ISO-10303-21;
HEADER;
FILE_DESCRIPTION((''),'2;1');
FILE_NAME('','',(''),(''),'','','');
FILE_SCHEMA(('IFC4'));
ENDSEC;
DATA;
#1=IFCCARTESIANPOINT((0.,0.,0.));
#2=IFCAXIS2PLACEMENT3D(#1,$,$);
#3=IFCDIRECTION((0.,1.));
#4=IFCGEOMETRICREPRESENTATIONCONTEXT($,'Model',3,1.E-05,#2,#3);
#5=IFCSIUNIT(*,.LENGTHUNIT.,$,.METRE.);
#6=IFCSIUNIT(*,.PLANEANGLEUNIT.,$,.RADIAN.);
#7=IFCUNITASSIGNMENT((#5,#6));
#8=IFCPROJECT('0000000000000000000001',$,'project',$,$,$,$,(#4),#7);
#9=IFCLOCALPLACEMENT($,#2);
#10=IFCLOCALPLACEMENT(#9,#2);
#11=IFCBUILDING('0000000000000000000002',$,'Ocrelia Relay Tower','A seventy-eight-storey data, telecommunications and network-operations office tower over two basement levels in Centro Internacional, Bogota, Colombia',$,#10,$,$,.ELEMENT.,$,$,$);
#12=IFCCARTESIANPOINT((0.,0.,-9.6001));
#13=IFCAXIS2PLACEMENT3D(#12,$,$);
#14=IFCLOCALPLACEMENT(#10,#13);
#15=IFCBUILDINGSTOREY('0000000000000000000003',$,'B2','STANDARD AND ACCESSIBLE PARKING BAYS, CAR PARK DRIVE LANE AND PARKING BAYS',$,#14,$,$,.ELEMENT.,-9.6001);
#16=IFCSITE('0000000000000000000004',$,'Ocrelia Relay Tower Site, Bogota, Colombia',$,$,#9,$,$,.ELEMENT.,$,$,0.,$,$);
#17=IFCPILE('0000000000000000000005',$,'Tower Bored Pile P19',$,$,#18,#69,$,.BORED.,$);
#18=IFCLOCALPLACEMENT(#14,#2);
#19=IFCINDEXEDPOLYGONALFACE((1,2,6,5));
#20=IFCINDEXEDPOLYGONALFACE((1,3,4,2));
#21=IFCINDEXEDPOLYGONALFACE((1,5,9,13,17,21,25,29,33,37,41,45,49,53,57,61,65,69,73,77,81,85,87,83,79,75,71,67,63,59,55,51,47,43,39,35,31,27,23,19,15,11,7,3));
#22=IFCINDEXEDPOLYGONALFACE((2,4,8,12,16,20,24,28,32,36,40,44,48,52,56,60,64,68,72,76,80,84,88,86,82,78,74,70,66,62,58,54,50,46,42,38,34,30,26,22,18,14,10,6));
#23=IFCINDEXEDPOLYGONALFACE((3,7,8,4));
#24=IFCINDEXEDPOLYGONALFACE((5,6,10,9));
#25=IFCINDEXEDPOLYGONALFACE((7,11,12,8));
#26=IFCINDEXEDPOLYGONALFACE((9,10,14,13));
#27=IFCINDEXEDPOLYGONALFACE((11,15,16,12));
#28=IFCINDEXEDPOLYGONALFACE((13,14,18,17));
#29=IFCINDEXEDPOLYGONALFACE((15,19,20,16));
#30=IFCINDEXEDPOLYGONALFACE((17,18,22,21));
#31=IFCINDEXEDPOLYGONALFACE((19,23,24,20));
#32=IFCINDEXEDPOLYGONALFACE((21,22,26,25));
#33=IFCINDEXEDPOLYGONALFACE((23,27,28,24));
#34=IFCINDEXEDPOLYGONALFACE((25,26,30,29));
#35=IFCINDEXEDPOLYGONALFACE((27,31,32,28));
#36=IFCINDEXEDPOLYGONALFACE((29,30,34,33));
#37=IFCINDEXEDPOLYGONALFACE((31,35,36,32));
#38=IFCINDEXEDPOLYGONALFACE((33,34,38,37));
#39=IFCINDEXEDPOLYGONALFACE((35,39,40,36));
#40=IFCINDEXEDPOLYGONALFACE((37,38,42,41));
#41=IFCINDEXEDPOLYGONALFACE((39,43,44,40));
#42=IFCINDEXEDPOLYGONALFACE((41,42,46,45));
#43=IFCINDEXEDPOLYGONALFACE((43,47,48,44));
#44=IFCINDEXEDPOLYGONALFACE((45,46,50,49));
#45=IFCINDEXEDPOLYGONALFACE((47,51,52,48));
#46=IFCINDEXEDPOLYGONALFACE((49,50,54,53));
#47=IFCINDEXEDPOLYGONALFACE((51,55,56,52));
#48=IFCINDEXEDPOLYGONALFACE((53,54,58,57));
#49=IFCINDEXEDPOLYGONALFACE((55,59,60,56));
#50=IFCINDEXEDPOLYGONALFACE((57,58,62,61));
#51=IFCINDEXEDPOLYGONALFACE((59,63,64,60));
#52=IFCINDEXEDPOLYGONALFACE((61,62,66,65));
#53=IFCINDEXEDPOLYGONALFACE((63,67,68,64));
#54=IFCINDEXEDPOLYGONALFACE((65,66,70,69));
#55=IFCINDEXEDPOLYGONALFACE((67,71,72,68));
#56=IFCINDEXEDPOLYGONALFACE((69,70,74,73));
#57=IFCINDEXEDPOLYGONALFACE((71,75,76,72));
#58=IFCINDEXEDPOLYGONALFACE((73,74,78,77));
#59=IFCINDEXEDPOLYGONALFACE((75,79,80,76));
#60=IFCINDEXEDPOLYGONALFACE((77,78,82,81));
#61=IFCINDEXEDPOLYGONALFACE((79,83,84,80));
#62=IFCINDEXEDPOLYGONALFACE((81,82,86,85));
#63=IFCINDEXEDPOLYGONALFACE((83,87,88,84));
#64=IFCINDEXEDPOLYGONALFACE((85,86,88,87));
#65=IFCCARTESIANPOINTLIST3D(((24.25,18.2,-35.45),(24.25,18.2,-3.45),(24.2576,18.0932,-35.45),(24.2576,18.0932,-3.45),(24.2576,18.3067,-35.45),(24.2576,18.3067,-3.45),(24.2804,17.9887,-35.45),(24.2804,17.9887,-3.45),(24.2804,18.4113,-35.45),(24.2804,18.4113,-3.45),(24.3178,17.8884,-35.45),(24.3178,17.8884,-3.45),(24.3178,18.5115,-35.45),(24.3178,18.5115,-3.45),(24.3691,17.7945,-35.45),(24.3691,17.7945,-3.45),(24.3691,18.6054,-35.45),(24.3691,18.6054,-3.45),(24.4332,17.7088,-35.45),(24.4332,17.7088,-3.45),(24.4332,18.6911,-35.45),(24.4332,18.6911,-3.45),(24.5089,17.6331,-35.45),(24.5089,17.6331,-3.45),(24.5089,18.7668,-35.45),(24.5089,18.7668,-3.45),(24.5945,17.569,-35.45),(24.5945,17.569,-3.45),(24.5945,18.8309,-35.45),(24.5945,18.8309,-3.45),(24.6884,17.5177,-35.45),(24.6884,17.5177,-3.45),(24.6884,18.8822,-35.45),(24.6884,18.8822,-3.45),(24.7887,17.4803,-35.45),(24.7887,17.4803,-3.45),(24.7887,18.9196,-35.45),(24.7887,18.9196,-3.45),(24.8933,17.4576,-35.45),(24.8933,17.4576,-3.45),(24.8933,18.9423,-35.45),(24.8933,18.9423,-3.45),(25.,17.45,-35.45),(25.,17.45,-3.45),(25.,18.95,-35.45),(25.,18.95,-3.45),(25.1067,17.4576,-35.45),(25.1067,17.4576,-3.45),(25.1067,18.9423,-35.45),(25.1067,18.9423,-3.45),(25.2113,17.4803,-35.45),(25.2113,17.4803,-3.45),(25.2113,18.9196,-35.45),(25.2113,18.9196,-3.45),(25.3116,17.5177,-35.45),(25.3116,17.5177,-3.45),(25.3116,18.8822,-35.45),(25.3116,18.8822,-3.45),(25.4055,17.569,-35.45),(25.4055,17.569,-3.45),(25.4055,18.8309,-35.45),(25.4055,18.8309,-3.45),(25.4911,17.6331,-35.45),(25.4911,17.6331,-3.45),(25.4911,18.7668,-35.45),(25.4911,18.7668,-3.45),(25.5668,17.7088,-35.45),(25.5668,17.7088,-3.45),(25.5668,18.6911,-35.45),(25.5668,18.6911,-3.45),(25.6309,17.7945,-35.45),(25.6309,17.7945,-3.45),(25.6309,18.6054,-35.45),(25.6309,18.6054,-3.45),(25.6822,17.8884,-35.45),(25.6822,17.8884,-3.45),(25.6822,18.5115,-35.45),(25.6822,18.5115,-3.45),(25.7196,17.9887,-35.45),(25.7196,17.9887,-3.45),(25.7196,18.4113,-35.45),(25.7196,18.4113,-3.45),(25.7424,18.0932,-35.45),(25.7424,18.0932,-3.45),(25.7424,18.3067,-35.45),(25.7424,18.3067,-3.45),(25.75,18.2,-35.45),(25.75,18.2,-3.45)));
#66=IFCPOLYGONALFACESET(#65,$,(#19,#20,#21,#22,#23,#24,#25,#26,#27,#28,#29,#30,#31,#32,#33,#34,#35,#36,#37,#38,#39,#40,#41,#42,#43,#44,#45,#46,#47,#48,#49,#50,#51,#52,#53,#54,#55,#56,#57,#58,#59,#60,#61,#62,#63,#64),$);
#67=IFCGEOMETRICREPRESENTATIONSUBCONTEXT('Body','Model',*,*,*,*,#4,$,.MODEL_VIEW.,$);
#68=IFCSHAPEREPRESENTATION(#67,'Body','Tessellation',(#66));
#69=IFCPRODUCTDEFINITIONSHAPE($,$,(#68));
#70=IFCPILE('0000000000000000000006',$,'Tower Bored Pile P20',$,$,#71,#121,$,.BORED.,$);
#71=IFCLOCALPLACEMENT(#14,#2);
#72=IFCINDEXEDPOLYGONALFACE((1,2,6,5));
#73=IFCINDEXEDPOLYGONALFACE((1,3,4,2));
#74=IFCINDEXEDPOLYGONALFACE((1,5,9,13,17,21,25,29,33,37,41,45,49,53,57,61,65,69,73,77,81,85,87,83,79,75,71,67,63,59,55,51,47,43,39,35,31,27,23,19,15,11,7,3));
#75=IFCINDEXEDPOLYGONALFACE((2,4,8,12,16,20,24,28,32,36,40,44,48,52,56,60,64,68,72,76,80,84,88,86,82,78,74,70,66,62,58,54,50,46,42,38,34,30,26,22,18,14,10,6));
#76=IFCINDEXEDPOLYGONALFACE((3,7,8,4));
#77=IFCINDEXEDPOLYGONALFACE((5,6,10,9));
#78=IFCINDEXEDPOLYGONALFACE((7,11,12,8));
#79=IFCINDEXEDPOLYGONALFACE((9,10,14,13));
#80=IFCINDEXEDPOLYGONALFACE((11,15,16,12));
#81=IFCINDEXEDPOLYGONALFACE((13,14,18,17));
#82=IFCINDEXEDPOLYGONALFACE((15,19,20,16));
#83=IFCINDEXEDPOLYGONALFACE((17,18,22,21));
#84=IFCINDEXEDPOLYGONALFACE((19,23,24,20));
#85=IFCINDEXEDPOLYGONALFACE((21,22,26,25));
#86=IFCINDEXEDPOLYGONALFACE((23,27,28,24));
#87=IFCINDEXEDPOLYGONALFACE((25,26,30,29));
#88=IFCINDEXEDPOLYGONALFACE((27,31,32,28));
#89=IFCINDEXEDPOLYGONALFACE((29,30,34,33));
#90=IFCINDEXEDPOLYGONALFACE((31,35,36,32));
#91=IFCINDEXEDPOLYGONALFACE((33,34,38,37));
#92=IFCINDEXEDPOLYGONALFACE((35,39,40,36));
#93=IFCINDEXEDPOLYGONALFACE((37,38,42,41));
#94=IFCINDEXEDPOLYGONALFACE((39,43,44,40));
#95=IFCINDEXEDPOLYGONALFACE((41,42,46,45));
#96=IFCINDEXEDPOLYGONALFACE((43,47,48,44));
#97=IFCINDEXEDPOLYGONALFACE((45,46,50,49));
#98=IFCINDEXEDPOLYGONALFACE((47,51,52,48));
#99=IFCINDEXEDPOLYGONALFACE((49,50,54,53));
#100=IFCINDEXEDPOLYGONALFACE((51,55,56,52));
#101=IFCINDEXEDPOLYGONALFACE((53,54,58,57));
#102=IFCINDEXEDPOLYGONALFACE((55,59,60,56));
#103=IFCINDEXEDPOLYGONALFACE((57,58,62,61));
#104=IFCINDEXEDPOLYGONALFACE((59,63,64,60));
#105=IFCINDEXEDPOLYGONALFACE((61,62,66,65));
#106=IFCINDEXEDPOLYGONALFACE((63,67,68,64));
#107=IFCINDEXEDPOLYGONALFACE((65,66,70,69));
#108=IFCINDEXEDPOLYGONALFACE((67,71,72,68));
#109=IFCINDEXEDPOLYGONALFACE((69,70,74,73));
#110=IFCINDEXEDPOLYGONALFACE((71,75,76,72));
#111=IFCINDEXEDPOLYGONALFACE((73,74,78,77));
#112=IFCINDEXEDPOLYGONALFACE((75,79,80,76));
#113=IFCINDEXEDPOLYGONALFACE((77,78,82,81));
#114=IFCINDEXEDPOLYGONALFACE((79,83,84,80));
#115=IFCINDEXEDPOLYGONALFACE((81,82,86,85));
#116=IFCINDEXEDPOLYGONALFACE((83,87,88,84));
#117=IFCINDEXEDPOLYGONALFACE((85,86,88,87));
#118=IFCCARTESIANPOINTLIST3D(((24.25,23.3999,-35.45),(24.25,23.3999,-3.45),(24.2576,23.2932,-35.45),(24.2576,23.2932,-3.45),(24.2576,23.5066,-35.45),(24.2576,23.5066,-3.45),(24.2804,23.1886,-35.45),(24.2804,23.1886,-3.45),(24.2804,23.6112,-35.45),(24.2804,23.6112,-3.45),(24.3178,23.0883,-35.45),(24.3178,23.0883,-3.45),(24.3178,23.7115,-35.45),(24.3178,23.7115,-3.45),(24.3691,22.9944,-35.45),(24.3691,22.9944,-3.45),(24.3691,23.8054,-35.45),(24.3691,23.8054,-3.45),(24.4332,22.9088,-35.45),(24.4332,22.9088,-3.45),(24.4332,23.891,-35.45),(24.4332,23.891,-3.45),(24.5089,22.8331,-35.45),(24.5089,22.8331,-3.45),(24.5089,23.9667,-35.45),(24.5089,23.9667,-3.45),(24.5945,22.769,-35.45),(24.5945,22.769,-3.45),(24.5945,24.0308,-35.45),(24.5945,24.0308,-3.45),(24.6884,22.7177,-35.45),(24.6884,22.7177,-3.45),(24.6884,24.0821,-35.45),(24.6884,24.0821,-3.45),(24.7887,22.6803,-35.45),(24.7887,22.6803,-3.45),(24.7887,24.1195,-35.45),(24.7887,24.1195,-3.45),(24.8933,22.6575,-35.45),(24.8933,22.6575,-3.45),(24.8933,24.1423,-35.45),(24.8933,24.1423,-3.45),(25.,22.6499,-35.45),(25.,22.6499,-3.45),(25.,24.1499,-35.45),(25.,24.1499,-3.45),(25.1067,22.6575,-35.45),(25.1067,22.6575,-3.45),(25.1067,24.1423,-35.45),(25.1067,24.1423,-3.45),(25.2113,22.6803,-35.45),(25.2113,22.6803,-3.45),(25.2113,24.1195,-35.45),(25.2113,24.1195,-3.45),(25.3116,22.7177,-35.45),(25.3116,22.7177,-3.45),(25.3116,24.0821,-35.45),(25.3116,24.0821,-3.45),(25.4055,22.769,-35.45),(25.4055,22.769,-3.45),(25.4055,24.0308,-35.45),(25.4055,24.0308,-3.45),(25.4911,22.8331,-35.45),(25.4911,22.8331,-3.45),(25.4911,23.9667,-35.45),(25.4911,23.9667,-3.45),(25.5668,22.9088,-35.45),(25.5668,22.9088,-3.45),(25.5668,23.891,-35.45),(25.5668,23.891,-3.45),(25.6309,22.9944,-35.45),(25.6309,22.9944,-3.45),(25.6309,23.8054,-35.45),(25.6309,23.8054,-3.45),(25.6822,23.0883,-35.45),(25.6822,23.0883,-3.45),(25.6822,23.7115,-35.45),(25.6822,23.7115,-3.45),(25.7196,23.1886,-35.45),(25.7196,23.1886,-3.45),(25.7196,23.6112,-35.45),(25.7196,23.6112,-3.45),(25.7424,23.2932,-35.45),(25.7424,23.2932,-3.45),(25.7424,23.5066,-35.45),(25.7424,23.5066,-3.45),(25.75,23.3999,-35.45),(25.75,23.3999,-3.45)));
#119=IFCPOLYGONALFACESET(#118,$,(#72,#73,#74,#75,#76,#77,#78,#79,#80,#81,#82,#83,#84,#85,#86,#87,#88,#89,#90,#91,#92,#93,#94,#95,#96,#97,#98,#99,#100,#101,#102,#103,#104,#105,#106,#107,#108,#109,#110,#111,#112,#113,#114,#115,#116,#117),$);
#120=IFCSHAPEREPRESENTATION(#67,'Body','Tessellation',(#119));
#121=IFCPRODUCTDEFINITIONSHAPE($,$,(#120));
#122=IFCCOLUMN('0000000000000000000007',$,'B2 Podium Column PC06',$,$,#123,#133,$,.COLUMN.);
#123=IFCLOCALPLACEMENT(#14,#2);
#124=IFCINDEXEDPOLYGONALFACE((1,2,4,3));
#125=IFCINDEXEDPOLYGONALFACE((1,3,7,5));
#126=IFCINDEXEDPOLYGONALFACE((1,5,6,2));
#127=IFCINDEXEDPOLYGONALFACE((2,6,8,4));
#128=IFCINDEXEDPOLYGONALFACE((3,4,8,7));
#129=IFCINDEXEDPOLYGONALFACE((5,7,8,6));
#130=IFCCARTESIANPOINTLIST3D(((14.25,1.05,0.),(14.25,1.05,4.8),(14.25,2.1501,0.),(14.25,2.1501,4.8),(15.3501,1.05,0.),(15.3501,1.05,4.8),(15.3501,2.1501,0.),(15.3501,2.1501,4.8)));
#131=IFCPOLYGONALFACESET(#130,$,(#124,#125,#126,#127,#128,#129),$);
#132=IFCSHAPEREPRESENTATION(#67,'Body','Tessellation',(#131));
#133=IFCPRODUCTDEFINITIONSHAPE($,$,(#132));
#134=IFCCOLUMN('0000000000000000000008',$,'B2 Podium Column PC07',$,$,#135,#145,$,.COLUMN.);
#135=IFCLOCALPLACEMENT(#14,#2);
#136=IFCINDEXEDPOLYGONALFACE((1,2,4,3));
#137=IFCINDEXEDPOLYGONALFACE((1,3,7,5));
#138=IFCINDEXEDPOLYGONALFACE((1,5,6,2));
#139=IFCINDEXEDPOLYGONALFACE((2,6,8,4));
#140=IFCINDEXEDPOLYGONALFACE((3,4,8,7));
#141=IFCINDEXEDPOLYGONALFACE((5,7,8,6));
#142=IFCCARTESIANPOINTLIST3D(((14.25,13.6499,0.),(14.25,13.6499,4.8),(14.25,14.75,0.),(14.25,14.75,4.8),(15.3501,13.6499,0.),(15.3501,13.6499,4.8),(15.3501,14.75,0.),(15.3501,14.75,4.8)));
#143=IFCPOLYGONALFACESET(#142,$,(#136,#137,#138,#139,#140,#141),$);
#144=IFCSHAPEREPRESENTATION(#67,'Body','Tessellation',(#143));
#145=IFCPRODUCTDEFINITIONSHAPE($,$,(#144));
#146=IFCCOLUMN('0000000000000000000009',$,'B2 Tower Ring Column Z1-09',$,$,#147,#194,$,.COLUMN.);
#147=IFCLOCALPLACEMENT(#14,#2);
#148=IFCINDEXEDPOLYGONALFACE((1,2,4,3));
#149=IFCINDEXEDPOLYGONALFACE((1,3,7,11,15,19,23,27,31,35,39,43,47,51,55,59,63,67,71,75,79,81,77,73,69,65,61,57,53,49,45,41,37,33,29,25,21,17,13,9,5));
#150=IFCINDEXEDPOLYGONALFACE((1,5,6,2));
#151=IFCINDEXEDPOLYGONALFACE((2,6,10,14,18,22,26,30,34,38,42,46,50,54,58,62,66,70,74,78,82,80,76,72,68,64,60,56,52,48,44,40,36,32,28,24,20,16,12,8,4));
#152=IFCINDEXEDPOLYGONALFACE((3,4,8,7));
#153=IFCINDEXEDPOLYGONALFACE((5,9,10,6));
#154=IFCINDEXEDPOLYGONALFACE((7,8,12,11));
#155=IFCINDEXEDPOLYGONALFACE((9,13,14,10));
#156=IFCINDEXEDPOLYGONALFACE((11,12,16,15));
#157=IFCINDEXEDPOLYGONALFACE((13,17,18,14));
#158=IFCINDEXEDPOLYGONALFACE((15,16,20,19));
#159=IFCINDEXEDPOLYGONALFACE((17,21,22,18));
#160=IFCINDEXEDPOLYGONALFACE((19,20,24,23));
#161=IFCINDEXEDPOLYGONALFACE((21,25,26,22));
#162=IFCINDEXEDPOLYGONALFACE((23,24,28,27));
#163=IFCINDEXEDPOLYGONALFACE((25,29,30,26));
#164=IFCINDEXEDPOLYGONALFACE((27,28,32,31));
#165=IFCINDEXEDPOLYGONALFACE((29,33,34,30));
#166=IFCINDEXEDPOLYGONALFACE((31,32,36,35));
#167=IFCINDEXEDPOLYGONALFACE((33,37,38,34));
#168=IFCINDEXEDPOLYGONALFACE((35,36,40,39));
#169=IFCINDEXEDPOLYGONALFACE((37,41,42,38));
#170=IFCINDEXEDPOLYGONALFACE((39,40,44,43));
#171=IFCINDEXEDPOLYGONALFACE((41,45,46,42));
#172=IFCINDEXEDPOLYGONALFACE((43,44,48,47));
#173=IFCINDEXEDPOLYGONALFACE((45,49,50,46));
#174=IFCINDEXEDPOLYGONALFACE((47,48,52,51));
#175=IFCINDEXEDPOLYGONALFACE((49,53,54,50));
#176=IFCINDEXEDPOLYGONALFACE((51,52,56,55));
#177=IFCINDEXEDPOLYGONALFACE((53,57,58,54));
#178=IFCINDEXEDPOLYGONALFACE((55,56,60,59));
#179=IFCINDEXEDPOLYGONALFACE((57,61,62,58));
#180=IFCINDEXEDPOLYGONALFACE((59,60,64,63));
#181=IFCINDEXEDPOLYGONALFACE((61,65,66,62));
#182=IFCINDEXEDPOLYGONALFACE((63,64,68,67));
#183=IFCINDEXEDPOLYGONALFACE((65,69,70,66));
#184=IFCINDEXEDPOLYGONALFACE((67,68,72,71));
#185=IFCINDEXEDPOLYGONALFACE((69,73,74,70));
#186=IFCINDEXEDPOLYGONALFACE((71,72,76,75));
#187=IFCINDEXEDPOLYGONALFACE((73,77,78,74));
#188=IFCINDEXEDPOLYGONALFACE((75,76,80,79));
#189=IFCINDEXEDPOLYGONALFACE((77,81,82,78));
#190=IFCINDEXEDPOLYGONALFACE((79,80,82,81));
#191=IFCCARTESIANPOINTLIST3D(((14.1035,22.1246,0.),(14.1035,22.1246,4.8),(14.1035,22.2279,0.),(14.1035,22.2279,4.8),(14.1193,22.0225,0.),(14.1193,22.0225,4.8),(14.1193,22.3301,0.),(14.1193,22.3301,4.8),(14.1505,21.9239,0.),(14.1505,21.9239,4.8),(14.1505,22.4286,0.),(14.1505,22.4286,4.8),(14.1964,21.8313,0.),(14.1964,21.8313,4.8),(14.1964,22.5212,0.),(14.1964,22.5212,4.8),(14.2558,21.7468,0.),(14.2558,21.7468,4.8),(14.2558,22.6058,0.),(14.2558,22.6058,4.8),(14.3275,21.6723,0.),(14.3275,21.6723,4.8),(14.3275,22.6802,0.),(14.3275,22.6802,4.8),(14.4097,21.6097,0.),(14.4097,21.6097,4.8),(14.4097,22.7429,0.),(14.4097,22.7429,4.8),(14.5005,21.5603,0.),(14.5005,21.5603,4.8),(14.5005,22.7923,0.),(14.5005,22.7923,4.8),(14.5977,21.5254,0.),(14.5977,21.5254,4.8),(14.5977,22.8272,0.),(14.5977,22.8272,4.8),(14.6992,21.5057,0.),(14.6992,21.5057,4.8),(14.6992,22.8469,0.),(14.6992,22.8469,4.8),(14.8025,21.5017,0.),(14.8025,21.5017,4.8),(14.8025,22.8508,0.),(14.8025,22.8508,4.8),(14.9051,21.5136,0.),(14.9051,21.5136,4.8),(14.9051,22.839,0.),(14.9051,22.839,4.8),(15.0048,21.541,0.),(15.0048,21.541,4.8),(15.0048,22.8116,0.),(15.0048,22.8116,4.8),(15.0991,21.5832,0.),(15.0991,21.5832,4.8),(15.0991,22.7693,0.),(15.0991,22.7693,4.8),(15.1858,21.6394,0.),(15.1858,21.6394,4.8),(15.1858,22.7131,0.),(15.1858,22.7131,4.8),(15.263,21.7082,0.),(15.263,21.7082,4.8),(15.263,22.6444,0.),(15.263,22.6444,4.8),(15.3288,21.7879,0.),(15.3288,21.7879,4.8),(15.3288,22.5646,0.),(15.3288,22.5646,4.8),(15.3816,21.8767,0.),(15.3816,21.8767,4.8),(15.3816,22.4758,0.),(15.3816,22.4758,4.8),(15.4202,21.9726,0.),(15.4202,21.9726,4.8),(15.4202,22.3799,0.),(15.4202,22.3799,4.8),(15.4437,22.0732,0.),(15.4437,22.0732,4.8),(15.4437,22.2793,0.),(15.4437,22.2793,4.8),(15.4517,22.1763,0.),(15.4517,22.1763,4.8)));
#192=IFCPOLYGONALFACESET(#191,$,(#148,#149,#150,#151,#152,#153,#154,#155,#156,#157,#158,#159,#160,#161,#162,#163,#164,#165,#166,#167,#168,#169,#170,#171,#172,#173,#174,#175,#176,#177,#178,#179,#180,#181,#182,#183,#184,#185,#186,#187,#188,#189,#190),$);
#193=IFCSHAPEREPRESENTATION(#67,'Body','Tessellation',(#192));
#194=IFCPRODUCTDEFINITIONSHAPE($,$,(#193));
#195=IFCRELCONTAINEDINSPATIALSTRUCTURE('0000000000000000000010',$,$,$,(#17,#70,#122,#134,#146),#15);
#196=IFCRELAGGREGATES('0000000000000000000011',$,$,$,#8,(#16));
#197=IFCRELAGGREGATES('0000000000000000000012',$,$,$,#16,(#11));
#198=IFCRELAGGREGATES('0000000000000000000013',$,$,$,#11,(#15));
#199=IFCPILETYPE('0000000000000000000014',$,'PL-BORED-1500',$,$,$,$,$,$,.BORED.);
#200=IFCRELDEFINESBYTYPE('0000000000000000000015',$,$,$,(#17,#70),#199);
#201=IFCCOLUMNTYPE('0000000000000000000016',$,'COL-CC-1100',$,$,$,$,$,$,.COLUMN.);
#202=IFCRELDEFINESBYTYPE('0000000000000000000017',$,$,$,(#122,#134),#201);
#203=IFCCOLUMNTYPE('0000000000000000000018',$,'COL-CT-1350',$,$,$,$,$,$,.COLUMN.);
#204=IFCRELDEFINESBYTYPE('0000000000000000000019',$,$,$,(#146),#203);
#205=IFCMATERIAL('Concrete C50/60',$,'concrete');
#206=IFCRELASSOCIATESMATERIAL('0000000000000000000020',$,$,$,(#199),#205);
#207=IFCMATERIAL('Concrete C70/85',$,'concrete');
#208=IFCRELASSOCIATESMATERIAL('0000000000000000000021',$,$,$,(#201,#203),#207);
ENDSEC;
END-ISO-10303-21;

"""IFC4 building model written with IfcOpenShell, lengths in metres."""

from ifc_helpers import new_model, si_unit, direction, frame, origin, origin_2d, place, context, subcontext, project, spatial, rectangle, circle, extrude, material, material_profile, profile_set, type_object, element, save


model = new_model("IFC4")

# Units and contexts
model_context = context("Model", 3, precision=1e-05, world=origin(), true_north=direction((0.0, 1.0)))
body_context = subcontext(model_context, "Body", "Model", "MODEL_VIEW")
ifc_project = project(units=[si_unit("LENGTHUNIT", "METRE"), si_unit("PLANEANGLEUNIT", "RADIAN")], contexts=[model_context])

# Site, building, storey
site_placement = place(None, origin())
site = spatial("IfcSite", under=ifc_project, at=site_placement, Name="Ocrelia Relay Tower Site, Bogota, Colombia", CompositionType="ELEMENT", RefElevation=0.0)
building_placement = place(site_placement, origin())
building = spatial("IfcBuilding", under=site, at=building_placement, Name="Ocrelia Relay Tower", Description="A seventy-eight-storey data, telecommunications and network-operations office tower over two basement levels in Centro Internacional, Bogota, Colombia", CompositionType="ELEMENT")
storey_placement = place(building_placement, frame((0.0, 0.0, -9.6001)))
storey = spatial("IfcBuildingStorey", under=building, at=storey_placement, Name="B2", Description="STANDARD AND ACCESSIBLE PARKING BAYS, CAR PARK DRIVE LANE AND PARKING BAYS", CompositionType="ELEMENT", Elevation=-9.6001)

# Piles
ifc_material_1 = material(Name="Concrete C50/60", Category="concrete")
ifc_material_profile_1 = material_profile(ifc_material_1, circle(Radius=0.75, at=origin_2d()), Name="PILE-1500")
ifc_profile_set_1 = profile_set([ifc_material_profile_1], Name="Concrete C50/60")
pile_type = type_object("IfcPileType", Name="PL-BORED-1500", PredefinedType="BORED", material=ifc_profile_set_1)
for number, where, z_axis, x_axis, name in (
    (1, (25.0, 18.2, -3.45), (0.0, 0.0, -1.0), (1.0, 0.0, 0.0), "Tower Bored Pile P19"),
    (2, (25.0, 23.3999, -3.45), (0.0, 0.0, -1.0), (1.0, 0.0, 0.0), "Tower Bored Pile P20"),
):
    element("IfcPile", number, at=place(storey_placement, frame(where, z_axis=z_axis, x_axis=x_axis)), inside=storey, type_object=pile_type, Name=name, PredefinedType="BORED", context=body_context, shape_type="SweptSolid", body=[
        extrude(circle(Radius=0.75, at=origin_2d()), origin(), (0.0, 0.0, 1.0), 32.0),
    ])

# Columns
ifc_material_2 = material(Name="Concrete C70/85", Category="concrete")
ifc_material_profile_2 = material_profile(ifc_material_2, rectangle(XDim=1.1001, YDim=1.1001, at=origin_2d()), Name="RC-COL-1100x1100")
ifc_profile_set_2 = profile_set([ifc_material_profile_2], Name="Concrete C70/85")
column_type_1 = type_object("IfcColumnType", Name="COL-CC-1100", PredefinedType="COLUMN", material=ifc_profile_set_2)
for number, where, z_axis, x_axis, name in (
    (3, (14.8, 1.6001, 0.0), (0.0, 0.0, 1.0), (1.0, 0.0, 0.0), "B2 Podium Column PC06"),
    (4, (14.8, 14.2, 0.0), (0.0, 0.0, 1.0), (1.0, 0.0, 0.0), "B2 Podium Column PC07"),
):
    element("IfcColumn", number, at=place(storey_placement, frame(where, z_axis=z_axis, x_axis=x_axis)), inside=storey, type_object=column_type_1, Name=name, PredefinedType="COLUMN", context=body_context, shape_type="SweptSolid", body=[
        extrude(rectangle(XDim=1.1001, YDim=1.1001, at=origin_2d()), origin(), (0.0, 0.0, 1.0), 4.8),
    ])
ifc_material_profile_3 = material_profile(ifc_material_2, circle(Radius=0.675, at=origin_2d()), Name="RC-CIR-1350")
ifc_profile_set_3 = profile_set([ifc_material_profile_3], Name="Concrete C70/85")
column_type_2 = type_object("IfcColumnType", Name="COL-CT-1350", PredefinedType="COLUMN", material=ifc_profile_set_3)
for number, where, z_axis, x_axis, name in (
    (5, (14.7766, 22.1763, 0.0), (0.0, 0.0, 1.0), (1.0, 0.0, 0.0), "B2 Tower Ring Column Z1-09"),
):
    element("IfcColumn", number, at=place(storey_placement, frame(where, z_axis=z_axis, x_axis=x_axis)), inside=storey, type_object=column_type_2, Name=name, PredefinedType="COLUMN", context=body_context, shape_type="SweptSolid", body=[
        extrude(circle(Radius=0.675, at=origin_2d()), origin(), (0.0, 0.0, 1.0), 4.8),
    ])

save(model, "model.ifc")
